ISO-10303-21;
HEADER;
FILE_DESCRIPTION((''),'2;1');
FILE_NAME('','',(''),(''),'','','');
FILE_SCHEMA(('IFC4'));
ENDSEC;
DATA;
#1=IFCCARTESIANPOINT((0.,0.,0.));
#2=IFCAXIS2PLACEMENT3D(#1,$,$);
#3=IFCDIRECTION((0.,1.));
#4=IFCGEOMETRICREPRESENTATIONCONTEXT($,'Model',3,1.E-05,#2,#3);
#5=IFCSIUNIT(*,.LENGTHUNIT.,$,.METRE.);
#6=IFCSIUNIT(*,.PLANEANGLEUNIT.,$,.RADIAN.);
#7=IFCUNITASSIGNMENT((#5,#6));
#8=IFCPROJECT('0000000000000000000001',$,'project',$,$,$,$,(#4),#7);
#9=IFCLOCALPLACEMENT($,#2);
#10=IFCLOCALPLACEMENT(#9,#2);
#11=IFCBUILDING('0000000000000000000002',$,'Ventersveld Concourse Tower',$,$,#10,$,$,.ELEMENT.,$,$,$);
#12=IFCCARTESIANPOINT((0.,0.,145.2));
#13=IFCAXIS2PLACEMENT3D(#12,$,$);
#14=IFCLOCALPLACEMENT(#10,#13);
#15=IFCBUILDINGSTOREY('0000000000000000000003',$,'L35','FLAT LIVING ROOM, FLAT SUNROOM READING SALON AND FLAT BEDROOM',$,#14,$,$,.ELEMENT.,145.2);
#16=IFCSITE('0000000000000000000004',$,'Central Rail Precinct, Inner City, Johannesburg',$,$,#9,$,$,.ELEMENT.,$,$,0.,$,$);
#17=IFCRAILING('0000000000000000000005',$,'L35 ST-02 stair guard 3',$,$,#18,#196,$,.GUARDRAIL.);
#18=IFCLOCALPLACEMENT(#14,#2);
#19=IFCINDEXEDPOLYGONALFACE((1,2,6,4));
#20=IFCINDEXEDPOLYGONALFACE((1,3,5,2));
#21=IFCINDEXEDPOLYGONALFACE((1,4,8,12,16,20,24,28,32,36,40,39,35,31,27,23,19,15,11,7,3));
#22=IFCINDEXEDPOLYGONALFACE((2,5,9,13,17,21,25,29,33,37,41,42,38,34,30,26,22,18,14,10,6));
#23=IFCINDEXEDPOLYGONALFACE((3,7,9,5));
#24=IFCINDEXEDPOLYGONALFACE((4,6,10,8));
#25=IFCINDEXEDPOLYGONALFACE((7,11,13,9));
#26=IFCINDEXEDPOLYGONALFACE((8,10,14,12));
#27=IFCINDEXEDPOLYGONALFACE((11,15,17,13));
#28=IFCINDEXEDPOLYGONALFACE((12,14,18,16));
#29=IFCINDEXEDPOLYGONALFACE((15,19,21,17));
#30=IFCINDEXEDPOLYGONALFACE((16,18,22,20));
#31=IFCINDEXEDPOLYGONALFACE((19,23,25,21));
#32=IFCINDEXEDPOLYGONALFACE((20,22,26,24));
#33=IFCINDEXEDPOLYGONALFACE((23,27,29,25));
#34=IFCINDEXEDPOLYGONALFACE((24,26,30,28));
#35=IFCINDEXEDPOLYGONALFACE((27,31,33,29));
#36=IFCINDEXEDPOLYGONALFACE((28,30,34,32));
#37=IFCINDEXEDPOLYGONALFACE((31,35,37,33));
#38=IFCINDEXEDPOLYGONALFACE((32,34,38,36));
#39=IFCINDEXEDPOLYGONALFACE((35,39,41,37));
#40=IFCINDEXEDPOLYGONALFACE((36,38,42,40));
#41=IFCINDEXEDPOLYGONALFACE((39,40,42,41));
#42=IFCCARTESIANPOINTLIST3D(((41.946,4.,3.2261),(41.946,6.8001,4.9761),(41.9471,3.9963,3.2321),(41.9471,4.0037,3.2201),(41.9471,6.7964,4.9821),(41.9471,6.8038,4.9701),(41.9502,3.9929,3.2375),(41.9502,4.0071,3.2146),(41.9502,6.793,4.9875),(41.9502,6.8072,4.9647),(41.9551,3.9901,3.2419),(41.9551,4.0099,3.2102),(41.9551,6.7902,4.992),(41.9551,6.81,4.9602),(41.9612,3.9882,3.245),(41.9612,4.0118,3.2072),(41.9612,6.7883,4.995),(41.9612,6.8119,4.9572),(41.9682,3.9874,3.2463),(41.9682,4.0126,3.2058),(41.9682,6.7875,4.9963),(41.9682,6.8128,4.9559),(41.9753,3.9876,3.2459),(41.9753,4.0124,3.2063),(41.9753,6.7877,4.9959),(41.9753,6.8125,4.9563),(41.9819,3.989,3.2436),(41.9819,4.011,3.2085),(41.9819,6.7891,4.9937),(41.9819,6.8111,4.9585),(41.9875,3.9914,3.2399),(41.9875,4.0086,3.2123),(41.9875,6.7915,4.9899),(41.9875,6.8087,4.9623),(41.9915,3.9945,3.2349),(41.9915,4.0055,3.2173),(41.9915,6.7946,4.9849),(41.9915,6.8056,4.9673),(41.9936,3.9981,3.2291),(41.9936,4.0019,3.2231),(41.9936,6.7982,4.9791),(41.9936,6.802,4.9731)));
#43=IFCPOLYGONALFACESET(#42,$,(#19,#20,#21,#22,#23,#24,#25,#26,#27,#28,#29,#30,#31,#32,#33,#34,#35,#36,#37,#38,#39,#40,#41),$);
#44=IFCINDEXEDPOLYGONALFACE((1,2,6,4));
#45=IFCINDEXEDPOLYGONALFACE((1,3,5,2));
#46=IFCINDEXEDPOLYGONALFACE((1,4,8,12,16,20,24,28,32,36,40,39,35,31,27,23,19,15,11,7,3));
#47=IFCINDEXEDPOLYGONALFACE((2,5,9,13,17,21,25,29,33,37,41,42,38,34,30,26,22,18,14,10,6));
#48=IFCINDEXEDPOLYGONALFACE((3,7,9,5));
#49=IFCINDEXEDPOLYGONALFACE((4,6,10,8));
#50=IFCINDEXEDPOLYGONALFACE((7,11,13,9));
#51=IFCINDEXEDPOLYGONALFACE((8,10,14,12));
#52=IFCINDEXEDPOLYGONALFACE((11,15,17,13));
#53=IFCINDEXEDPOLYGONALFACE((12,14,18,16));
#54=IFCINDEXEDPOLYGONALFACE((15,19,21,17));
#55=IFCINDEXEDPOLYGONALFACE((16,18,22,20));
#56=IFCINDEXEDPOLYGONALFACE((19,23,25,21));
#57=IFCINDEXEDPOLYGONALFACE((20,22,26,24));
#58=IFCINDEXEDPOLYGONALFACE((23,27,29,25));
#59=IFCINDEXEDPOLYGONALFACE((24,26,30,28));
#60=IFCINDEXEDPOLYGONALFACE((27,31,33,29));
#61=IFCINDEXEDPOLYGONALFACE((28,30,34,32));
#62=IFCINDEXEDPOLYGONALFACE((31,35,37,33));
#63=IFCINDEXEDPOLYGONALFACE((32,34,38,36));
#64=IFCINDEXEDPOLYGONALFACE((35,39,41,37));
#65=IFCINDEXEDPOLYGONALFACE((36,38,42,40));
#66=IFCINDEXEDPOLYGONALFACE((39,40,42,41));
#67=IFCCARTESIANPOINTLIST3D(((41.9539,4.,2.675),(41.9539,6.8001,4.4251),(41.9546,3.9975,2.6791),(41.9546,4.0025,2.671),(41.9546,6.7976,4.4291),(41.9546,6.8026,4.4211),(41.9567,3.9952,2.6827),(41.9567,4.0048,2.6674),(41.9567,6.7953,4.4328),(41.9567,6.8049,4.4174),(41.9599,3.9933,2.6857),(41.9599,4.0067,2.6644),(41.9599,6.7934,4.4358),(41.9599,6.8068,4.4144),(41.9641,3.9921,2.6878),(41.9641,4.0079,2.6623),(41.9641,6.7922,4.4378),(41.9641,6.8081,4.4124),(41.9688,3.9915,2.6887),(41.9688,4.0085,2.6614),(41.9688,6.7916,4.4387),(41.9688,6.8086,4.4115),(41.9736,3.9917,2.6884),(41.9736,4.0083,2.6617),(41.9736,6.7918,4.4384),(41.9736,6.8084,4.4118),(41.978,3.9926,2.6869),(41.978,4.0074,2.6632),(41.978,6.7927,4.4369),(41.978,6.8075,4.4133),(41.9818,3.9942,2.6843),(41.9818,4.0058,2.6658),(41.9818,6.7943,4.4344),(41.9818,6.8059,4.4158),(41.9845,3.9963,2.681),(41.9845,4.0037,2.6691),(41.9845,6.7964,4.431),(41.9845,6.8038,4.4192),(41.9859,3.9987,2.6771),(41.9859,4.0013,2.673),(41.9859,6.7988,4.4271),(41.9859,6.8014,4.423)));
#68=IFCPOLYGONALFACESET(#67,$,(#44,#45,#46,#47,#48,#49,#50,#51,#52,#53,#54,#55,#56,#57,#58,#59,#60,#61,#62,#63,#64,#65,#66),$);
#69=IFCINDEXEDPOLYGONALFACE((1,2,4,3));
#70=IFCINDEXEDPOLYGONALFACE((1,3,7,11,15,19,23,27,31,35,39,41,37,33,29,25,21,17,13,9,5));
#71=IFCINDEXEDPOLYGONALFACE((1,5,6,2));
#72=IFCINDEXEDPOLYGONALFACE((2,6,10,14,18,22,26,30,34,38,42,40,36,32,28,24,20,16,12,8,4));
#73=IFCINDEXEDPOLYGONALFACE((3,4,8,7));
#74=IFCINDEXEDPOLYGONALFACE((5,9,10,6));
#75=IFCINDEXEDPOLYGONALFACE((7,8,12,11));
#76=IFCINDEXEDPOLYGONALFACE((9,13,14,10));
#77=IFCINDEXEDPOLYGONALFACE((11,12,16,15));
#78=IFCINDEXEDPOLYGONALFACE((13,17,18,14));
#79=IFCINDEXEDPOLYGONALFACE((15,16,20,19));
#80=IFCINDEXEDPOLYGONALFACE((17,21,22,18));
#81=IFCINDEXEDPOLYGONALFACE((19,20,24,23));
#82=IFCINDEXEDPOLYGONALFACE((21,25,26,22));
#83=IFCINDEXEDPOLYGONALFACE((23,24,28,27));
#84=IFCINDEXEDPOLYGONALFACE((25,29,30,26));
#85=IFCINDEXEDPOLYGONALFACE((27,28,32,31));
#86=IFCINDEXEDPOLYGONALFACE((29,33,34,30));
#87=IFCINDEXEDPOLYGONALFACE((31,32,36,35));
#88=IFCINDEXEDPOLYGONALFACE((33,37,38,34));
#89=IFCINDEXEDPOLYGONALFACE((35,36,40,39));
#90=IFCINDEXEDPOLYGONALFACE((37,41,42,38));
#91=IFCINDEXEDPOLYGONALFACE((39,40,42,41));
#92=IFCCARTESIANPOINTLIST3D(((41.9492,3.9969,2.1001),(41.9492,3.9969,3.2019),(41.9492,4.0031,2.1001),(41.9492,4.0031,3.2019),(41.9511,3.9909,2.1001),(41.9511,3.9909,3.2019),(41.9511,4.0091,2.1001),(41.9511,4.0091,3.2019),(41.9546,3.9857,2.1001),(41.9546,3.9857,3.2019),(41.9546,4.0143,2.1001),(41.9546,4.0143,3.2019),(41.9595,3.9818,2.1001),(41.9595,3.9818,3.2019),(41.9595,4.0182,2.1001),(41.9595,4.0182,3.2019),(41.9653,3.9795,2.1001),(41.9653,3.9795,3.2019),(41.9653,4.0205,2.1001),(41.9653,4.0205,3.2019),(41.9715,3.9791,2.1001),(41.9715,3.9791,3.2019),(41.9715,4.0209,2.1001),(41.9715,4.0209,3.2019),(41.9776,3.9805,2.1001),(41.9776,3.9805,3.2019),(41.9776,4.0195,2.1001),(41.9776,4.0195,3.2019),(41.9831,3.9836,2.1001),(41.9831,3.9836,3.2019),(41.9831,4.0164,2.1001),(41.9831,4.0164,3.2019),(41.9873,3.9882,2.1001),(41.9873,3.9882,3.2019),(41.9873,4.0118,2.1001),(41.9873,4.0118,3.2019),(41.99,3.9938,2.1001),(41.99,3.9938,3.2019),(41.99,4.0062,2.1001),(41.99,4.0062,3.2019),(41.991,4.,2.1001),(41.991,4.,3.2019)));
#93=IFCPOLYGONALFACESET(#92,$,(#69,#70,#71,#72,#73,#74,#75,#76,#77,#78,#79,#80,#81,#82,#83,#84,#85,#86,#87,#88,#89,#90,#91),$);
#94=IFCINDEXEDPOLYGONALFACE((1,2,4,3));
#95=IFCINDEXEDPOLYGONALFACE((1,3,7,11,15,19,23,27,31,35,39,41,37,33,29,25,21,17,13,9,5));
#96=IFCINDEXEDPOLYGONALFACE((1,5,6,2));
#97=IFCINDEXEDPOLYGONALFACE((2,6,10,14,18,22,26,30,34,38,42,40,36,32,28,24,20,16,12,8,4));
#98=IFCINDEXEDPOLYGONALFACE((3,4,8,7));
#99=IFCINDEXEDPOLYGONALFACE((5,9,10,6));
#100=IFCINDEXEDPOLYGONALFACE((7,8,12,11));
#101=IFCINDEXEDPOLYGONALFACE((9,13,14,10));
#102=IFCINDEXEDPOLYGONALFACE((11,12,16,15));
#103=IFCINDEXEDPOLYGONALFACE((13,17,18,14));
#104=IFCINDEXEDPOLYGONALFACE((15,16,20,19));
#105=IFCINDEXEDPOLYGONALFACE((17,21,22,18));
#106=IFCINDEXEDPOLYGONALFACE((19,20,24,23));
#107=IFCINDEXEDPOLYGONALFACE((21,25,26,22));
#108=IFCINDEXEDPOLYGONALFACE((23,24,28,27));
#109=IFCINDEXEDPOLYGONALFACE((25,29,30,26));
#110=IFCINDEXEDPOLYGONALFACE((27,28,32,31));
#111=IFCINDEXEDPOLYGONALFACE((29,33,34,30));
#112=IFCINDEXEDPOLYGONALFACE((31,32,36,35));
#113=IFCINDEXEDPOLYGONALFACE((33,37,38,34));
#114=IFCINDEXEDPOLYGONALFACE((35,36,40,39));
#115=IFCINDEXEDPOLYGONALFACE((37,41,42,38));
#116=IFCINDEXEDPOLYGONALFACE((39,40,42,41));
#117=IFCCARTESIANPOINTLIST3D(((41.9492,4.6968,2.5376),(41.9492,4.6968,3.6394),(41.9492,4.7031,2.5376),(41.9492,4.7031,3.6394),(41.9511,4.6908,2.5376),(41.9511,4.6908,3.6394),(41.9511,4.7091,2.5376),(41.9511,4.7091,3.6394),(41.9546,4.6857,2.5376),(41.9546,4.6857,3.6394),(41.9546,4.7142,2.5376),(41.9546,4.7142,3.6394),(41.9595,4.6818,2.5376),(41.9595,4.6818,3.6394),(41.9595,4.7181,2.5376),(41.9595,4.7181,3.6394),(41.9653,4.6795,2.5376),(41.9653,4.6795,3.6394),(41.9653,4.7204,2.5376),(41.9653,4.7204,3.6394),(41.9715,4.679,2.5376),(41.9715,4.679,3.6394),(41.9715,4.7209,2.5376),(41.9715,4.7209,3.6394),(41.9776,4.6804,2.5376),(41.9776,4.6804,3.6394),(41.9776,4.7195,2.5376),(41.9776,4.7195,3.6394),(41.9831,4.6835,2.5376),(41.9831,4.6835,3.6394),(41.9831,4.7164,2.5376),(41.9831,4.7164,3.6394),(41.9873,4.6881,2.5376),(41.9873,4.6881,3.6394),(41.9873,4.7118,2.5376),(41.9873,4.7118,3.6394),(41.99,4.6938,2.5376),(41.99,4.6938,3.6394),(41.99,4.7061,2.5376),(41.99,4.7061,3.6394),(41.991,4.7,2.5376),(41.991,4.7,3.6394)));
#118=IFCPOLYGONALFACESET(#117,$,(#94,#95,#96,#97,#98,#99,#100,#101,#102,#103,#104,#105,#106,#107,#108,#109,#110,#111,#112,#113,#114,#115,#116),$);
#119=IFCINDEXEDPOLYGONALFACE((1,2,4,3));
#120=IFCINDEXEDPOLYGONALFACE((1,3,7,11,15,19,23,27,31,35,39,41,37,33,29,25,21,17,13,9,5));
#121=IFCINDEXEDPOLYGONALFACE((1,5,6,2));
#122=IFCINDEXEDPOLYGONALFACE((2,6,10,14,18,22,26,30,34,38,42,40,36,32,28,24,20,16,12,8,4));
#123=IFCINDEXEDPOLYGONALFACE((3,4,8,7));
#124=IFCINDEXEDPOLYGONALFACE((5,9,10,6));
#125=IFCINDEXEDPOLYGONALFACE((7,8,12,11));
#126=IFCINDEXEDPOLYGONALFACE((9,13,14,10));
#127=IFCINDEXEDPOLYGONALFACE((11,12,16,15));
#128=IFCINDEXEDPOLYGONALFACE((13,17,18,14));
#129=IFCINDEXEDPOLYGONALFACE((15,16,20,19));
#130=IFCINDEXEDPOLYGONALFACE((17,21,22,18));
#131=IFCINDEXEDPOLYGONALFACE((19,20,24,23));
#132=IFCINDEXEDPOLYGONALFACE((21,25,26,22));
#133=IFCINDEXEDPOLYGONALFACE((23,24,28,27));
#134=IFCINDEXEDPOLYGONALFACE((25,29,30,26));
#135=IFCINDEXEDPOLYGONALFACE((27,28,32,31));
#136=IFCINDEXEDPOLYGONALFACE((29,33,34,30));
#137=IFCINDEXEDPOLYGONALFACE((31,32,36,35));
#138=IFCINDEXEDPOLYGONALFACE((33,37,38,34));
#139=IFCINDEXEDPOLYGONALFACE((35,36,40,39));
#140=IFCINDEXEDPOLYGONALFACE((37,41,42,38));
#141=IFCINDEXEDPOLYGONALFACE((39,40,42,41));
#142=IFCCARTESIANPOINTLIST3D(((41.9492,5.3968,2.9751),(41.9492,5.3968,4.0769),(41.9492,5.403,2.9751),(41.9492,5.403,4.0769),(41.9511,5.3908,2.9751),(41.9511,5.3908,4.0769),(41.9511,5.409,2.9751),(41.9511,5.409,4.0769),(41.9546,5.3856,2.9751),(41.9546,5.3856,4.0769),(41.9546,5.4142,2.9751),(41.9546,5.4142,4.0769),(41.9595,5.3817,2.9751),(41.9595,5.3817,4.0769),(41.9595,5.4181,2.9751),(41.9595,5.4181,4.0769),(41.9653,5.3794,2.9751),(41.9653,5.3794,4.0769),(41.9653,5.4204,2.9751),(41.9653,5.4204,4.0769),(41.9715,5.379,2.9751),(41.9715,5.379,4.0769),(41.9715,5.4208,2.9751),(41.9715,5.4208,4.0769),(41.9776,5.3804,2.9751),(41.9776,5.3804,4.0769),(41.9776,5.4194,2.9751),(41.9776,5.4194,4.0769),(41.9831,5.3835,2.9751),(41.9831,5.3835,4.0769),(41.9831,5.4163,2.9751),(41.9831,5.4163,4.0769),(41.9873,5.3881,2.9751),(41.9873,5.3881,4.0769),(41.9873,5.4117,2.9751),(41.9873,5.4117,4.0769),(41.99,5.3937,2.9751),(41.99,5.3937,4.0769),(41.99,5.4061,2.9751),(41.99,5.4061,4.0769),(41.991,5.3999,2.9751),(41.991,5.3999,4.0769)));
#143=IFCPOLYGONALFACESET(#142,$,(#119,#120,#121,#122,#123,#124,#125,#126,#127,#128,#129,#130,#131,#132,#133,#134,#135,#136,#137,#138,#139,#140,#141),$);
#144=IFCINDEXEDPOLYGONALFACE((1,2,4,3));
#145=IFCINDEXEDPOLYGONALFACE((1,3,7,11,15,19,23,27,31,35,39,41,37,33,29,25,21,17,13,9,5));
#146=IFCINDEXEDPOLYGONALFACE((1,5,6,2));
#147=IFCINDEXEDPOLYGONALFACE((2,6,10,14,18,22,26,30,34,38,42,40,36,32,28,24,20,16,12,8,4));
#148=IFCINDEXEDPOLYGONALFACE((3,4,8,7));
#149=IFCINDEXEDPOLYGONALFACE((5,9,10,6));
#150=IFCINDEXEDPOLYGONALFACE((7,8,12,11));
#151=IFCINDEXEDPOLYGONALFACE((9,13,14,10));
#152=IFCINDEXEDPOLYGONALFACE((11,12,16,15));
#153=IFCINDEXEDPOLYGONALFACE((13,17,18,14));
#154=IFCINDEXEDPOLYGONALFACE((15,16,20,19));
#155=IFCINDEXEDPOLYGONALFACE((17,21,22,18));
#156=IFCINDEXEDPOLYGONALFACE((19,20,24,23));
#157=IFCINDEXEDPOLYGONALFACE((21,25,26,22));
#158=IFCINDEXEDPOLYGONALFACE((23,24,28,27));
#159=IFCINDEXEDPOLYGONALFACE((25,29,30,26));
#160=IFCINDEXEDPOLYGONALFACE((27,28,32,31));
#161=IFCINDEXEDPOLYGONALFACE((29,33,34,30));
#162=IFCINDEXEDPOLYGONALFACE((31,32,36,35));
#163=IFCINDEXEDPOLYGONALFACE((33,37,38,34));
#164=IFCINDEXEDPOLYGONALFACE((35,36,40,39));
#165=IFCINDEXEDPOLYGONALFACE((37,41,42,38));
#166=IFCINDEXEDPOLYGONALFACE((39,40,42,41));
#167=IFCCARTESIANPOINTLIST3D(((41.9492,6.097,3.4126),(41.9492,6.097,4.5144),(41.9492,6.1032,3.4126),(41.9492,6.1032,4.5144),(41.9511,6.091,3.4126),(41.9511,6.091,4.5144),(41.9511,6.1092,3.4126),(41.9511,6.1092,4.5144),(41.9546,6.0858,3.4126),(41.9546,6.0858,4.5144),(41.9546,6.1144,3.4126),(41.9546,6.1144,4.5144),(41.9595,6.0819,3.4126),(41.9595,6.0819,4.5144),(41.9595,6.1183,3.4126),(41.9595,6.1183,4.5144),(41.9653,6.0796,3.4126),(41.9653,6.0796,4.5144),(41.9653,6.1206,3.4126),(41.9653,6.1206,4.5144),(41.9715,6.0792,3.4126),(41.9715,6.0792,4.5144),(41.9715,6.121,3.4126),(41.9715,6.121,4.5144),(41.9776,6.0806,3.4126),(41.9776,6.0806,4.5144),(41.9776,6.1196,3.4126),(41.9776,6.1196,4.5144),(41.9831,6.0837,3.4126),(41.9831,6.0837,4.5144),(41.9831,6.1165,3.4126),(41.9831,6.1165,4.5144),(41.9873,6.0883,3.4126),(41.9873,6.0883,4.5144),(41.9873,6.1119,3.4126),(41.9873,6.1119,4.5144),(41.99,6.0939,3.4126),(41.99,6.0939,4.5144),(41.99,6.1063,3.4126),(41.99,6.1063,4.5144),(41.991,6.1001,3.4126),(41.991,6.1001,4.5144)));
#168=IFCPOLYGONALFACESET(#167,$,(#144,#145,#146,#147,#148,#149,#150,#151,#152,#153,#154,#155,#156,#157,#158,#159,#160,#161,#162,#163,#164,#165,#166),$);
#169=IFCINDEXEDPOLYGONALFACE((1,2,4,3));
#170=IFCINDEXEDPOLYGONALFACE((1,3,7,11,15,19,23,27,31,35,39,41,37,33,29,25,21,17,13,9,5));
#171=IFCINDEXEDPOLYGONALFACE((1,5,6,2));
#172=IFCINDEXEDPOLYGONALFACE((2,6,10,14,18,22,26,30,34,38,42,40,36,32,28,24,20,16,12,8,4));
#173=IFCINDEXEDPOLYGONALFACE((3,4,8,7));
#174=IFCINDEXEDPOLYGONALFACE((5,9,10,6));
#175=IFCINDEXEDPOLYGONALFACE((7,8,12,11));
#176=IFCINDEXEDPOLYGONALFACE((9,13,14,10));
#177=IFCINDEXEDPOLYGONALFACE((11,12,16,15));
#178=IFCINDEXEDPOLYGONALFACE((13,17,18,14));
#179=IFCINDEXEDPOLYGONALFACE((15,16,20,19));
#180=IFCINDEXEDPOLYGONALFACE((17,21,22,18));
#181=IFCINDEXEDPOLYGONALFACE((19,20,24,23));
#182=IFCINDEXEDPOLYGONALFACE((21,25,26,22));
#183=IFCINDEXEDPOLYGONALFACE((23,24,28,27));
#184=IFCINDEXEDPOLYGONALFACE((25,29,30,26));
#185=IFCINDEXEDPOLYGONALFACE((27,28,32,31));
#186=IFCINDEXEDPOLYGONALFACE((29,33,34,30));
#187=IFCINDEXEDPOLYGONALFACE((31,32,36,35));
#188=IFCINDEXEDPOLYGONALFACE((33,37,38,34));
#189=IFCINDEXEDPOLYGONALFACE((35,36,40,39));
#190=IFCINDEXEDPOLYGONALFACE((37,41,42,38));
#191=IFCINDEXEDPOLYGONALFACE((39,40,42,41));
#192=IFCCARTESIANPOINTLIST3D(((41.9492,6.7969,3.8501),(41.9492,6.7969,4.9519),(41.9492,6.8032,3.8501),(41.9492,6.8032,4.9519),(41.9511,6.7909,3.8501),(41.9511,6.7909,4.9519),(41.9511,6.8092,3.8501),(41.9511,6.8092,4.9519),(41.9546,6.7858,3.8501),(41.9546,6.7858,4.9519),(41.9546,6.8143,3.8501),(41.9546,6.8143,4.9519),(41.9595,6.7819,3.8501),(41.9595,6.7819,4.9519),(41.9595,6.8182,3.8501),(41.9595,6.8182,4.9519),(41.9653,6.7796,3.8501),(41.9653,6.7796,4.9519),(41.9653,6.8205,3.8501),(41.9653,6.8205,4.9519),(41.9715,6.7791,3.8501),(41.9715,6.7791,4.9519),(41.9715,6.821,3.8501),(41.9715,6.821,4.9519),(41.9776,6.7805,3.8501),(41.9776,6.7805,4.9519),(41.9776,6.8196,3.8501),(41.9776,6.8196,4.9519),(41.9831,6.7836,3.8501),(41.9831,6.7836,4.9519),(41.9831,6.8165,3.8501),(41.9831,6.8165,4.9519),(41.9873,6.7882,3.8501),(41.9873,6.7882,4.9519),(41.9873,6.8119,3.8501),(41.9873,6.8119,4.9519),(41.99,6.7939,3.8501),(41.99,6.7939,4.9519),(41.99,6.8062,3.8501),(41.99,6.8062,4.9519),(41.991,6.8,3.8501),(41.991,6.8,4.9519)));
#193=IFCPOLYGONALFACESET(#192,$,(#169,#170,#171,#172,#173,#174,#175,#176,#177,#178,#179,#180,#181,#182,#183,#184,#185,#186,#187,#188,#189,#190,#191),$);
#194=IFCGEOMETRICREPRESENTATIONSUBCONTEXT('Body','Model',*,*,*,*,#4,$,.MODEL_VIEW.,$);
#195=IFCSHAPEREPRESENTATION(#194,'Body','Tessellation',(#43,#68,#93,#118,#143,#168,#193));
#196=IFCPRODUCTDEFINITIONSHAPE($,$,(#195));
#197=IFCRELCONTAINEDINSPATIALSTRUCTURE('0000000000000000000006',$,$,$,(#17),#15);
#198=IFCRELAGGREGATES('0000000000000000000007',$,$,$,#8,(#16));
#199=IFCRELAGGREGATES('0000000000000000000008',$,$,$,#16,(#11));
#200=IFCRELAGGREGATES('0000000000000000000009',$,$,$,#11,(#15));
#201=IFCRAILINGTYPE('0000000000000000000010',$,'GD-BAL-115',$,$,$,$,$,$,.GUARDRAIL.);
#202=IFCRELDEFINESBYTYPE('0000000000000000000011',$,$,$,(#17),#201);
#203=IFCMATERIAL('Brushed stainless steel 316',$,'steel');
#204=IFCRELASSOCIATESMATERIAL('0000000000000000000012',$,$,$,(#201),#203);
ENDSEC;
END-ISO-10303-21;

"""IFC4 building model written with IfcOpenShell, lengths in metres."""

from ifc_helpers import new_model, si_unit, direction, frame, origin, origin_2d, place, context, subcontext, project, spatial, circle, extrude, material, type_object, element, save


model = new_model("IFC4")

# Units and contexts
model_context = context("Model", 3, precision=1e-05, world=origin(), true_north=direction((0.0, 1.0)))
body_context = subcontext(model_context, "Body", "Model", "MODEL_VIEW")
ifc_project = project(units=[si_unit("LENGTHUNIT", "METRE"), si_unit("PLANEANGLEUNIT", "RADIAN")], contexts=[model_context])

# Site, building, storey
site_placement = place(None, origin())
site = spatial("IfcSite", under=ifc_project, at=site_placement, Name="Central Rail Precinct, Inner City, Johannesburg", CompositionType="ELEMENT", RefElevation=0.0)
building_placement = place(site_placement, origin())
building = spatial("IfcBuilding", under=site, at=building_placement, Name="Ventersveld Concourse Tower", CompositionType="ELEMENT")
storey_placement = place(building_placement, frame((0.0, 0.0, 145.2)))
storey = spatial("IfcBuildingStorey", under=building, at=storey_placement, Name="L35", Description="FLAT LIVING ROOM, FLAT SUNROOM READING SALON AND FLAT BEDROOM", CompositionType="ELEMENT", Elevation=145.2)

# Railing
ifc_material_1 = material(Name="Brushed stainless steel 316", Category="steel")
railing_type_1 = type_object("IfcRailingType", Name="GD-BAL-115", PredefinedType="GUARDRAIL", material=ifc_material_1)
railing_1_placement = place(storey_placement, frame((41.97, 4.0, 2.1001)))
element("IfcRailing", 1, at=railing_1_placement, inside=storey, type_object=railing_type_1, Name="L35 ST-02 stair guard 3", PredefinedType="GUARDRAIL", context=body_context, shape_type="SweptSolid", body=[
    extrude(circle(Radius=0.0239, at=origin_2d()), frame((0.0, 0.0, 1.126), z_axis=(0.0, 0.848002, 0.529992), x_axis=(-1.0, 0.0, 0.0)), (0.0, 0.0, 1.0), 3.302),
    extrude(circle(Radius=0.0161, at=origin_2d()), frame((0.0, 0.0, 0.575), z_axis=(0.0, 0.848002, 0.529992), x_axis=(-1.0, 0.0, 0.0)), (0.0, 0.0, 1.0), 3.302),
    extrude(circle(Radius=0.021, at=origin_2d()), origin(), (0.0, 0.0, 1.0), 1.1018),
    extrude(circle(Radius=0.021, at=origin_2d()), frame((0.0, 0.7, 0.4375)), (0.0, 0.0, 1.0), 1.1018),
    extrude(circle(Radius=0.021, at=origin_2d()), frame((0.0, 1.3999, 0.875)), (0.0, 0.0, 1.0), 1.1018),
    extrude(circle(Radius=0.021, at=origin_2d()), frame((0.0, 2.1001, 1.3125)), (0.0, 0.0, 1.0), 1.1018),
    extrude(circle(Radius=0.021, at=origin_2d()), frame((0.0, 2.8, 1.75)), (0.0, 0.0, 1.0), 1.1018),
])

save(model, "model.ifc")
